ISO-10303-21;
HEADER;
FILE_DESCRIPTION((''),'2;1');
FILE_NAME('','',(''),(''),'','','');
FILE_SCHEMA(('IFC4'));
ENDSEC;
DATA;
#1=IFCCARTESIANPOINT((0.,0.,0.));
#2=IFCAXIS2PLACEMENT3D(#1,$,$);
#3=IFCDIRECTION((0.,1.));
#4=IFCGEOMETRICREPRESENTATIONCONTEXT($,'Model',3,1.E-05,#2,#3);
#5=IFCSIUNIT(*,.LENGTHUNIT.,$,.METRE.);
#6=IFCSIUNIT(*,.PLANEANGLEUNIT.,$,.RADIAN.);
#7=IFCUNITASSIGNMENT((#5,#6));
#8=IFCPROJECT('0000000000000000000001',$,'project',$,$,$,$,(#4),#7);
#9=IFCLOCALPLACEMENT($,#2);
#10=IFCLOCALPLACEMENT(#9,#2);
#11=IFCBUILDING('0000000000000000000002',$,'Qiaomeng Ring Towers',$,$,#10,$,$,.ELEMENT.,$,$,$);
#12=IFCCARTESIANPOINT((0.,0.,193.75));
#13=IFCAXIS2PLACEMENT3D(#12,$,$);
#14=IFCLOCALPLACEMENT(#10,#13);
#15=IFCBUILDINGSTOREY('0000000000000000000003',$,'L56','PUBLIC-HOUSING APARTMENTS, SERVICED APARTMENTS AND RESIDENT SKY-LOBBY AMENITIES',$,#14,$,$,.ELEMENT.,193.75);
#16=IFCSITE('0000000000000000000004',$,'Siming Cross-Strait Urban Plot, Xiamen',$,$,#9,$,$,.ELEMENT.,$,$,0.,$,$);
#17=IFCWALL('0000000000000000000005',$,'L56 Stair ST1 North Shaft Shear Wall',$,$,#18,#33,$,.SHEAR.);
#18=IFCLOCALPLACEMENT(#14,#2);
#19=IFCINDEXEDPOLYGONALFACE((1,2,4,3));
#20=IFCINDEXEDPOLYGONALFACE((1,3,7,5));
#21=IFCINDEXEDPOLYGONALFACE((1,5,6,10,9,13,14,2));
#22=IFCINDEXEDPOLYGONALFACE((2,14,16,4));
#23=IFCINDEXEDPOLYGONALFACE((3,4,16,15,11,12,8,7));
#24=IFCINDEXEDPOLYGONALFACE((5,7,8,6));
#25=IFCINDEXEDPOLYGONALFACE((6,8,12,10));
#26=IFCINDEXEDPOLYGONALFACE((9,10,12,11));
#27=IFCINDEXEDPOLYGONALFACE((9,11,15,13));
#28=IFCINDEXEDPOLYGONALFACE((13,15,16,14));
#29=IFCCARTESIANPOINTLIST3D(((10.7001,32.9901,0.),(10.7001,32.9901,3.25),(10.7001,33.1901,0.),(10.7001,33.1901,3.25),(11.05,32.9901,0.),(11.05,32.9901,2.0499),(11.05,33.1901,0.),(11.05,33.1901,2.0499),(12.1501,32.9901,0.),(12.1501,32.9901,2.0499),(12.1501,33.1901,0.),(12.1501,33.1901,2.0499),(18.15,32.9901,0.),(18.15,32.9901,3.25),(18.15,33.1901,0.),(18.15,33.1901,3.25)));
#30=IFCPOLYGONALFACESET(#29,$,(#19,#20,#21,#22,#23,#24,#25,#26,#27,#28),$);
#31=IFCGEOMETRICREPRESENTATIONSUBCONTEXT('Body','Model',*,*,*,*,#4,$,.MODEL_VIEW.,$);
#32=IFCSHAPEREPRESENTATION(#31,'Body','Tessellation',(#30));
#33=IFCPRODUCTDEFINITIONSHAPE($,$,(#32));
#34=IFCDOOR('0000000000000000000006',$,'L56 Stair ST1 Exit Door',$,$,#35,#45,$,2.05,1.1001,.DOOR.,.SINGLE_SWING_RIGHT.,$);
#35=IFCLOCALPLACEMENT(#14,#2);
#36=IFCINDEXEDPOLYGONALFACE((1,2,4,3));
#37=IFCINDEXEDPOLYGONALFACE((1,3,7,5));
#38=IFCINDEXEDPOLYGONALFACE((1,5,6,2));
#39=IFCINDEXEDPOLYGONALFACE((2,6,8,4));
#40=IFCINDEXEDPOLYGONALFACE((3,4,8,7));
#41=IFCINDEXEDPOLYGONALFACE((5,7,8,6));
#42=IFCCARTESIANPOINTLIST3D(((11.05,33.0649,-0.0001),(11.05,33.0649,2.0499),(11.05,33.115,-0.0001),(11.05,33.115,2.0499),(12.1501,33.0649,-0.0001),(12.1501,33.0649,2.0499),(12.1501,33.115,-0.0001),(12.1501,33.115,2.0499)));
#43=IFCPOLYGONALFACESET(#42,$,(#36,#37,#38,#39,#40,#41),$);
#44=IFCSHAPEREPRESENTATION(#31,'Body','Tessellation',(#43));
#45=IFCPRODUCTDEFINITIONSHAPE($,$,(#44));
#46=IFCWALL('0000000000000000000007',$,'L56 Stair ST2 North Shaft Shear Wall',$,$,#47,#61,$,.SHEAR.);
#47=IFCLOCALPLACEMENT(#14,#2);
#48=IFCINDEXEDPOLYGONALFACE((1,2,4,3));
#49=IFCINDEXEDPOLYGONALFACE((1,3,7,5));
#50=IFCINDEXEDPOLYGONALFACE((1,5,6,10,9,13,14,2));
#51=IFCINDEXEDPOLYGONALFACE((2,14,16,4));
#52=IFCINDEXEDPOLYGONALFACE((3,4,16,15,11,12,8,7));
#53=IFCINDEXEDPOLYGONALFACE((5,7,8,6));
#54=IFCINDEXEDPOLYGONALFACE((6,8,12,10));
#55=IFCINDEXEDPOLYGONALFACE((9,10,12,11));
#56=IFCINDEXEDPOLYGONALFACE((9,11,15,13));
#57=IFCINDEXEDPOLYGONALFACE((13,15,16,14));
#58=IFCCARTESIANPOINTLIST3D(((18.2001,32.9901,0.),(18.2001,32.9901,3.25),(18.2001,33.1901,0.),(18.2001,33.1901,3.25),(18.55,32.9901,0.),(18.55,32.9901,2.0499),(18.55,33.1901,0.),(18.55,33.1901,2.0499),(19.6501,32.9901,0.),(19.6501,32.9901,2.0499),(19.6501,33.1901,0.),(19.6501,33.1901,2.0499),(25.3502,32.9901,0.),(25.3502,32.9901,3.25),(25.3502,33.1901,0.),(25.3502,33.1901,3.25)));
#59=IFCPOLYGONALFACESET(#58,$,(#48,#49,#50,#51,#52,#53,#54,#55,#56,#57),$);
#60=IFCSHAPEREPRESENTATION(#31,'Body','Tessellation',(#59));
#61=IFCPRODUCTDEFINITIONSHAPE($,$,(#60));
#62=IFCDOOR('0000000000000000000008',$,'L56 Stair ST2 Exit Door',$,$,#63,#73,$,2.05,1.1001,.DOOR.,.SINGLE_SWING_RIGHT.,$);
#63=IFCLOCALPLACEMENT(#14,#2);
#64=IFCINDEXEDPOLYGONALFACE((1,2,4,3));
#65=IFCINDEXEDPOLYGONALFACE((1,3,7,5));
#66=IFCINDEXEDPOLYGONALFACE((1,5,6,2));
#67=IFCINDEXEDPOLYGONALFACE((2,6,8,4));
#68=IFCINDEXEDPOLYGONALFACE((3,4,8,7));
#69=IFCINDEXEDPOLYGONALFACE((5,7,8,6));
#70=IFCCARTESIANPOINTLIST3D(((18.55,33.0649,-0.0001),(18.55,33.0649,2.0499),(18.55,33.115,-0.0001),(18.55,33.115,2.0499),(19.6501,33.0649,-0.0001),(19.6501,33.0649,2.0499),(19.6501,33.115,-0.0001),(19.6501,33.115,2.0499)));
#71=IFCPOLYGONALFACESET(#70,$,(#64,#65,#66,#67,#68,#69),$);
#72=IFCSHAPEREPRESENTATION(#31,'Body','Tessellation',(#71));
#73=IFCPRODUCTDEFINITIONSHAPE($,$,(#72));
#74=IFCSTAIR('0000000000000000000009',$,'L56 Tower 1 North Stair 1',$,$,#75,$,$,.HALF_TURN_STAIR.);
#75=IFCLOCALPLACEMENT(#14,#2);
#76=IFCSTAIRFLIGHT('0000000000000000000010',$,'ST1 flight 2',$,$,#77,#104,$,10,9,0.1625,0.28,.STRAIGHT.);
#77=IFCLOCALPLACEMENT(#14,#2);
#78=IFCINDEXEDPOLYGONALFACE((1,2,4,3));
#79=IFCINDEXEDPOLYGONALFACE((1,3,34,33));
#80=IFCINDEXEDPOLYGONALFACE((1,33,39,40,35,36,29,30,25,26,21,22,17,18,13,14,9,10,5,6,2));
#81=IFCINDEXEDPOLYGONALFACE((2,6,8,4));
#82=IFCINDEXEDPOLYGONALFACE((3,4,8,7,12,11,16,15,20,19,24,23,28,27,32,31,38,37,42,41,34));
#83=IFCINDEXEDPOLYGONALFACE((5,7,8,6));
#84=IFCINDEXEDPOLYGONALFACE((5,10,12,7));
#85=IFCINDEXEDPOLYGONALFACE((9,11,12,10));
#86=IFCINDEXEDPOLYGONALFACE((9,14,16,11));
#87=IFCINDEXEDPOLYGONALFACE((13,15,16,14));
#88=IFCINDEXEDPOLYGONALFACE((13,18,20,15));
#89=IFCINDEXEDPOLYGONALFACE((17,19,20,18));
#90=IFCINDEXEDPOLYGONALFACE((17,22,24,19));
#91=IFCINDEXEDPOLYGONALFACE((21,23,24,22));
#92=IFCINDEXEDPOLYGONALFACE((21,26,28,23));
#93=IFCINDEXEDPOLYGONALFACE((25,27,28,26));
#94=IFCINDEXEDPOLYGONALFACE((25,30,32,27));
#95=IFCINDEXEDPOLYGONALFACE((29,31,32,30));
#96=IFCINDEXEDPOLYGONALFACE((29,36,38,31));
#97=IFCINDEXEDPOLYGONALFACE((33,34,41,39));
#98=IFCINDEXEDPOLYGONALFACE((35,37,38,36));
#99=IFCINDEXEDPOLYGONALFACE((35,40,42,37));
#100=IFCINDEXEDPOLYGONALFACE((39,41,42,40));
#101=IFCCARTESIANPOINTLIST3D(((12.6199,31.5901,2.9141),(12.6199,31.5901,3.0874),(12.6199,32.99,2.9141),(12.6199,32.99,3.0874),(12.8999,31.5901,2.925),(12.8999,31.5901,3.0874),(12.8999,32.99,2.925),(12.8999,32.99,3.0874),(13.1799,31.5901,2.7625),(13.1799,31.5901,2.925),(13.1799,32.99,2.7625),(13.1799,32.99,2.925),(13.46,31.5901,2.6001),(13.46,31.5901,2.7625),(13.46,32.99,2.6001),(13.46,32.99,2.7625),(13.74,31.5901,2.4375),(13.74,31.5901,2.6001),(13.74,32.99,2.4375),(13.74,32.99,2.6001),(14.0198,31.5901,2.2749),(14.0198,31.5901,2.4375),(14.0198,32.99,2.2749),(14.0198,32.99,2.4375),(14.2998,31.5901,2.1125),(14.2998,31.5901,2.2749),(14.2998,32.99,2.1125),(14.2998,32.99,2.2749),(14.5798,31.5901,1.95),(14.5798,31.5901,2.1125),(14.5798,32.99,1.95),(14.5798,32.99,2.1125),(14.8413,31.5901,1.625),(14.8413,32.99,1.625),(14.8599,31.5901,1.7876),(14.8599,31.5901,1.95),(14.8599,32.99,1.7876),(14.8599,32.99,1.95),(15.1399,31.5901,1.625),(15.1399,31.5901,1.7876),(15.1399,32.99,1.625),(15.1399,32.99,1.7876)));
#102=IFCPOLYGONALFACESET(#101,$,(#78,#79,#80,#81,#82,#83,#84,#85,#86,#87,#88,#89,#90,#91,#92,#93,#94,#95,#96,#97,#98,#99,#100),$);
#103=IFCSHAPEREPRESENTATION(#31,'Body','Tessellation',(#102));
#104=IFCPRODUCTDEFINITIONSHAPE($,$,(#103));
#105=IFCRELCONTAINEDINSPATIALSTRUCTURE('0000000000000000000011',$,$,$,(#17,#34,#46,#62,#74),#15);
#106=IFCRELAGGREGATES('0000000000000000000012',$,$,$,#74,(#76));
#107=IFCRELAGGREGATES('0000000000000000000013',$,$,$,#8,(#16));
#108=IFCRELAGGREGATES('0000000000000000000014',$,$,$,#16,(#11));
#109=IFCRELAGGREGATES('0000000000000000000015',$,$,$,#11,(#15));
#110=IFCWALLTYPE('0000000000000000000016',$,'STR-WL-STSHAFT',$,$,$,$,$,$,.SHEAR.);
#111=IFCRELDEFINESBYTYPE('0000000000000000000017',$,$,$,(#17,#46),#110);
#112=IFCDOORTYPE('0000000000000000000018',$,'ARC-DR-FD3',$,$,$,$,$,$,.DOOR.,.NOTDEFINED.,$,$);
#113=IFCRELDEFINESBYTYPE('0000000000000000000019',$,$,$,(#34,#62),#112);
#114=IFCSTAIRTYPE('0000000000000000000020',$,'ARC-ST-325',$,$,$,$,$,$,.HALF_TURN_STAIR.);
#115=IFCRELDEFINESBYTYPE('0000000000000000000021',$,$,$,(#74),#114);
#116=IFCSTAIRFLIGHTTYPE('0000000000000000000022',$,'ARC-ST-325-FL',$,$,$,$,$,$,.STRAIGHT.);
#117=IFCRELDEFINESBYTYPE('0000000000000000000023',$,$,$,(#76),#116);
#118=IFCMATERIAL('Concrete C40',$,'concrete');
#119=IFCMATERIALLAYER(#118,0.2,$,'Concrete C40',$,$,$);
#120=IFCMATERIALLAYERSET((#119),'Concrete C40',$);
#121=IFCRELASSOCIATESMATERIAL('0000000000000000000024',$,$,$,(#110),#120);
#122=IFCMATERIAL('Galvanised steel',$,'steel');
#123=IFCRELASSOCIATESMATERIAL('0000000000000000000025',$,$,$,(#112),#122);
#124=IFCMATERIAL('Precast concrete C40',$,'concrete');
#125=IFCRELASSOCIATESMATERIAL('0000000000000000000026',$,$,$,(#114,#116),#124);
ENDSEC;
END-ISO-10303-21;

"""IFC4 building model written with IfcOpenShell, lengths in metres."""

from ifc_helpers import new_model, si_unit, direction, frame, frame_2d, origin, place, context, subcontext, project, spatial, polyline, rectangle, outline, extrude, source, transform, mapped, material, layer, layer_set, type_object, element, fill, aggregate, save


model = new_model("IFC4")

# Units and contexts
model_context = context("Model", 3, precision=1e-05, world=origin(), true_north=direction((0.0, 1.0)))
body_context = subcontext(model_context, "Body", "Model", "MODEL_VIEW")
ifc_project = project(units=[si_unit("LENGTHUNIT", "METRE"), si_unit("PLANEANGLEUNIT", "RADIAN")], contexts=[model_context])

# Site, building, storey
site_placement = place(None, origin())
site = spatial("IfcSite", under=ifc_project, at=site_placement, Name="Siming Cross-Strait Urban Plot, Xiamen", CompositionType="ELEMENT", RefElevation=0.0)
building_placement = place(site_placement, origin())
building = spatial("IfcBuilding", under=site, at=building_placement, Name="Qiaomeng Ring Towers", CompositionType="ELEMENT")
storey_placement = place(building_placement, frame((0.0, 0.0, 193.75)))
storey = spatial("IfcBuildingStorey", under=building, at=storey_placement, Name="L56", Description="PUBLIC-HOUSING APARTMENTS, SERVICED APARTMENTS AND RESIDENT SKY-LOBBY AMENITIES", CompositionType="ELEMENT", Elevation=193.75)

# Shared definitions
ifc_material_1 = material(Name="Concrete C40", Category="concrete")
ifc_layer_1 = layer(ifc_material_1, 0.2, Name="Concrete C40")
ifc_layer_set_1 = layer_set([ifc_layer_1], Name="Concrete C40")
wall_type_1 = type_object("IfcWallType", Name="STR-WL-STSHAFT", PredefinedType="SHEAR", material=ifc_layer_set_1)

# Walls, openings, doors
wall_1_placement = place(storey_placement, frame((10.7, 33.0901, 0.0), z_axis=(0.0, 0.0, 1.0), x_axis=(1.0, 0.0, 0.0)))
wall_1 = element("IfcWall", 1, at=wall_1_placement, inside=storey, type_object=wall_type_1, Name="L56 Stair ST1 North Shaft Shear Wall", PredefinedType="SHEAR", context=body_context, shape_type="SweptSolid", body=[
    extrude(rectangle(XDim=7.45, YDim=0.2, at=frame_2d((3.7251, 0.0))), origin(), (0.0, 0.0, 1.0), 3.25),
])
opening_1_placement = place(wall_1_placement, frame((0.3501, 0.0, 0.0)))
opening_1 = element("IfcOpeningElement", 2, at=opening_1_placement, cuts=wall_1, PredefinedType="OPENING", context=body_context, shape_type="SweptSolid", body=[
    extrude(rectangle(XDim=1.1001, YDim=2.05, at=frame_2d((0.55, 1.0249))), frame((0.0, 0.1099, 0.0), z_axis=(0.0, -1.0, 0.0), x_axis=(1.0, 0.0, 0.0)), (0.0, 0.0, 1.0), 0.22),
])
ifc_material_2 = material(Name="Galvanised steel", Category="steel")
door_type = type_object("IfcDoorType", Name="ARC-DR-FD3", OperationType="NOTDEFINED", PredefinedType="DOOR", material=ifc_material_2)
shared_shape_1 = source(origin(), body_context, "Body", "SweptSolid", [
    extrude(rectangle(XDim=1.1001, YDim=2.05, at=frame_2d((0.55, 1.0249))), frame((0.0, 0.0249, 0.0), z_axis=(0.0, -1.0, 0.0), x_axis=(1.0, 0.0, 0.0)), (0.0, 0.0, 1.0), 0.05),
])
door_1_placement = place(opening_1_placement, origin())
door_1 = element("IfcDoor", 3, at=door_1_placement, inside=storey, type_object=door_type, Name="L56 Stair ST1 Exit Door", OperationType="SINGLE_SWING_RIGHT", OverallHeight=2.05, OverallWidth=1.1001, PredefinedType="DOOR", context=body_context, shape_type="MappedRepresentation", body=[
    mapped(shared_shape_1, transform((0.0, 0.0, 0.0), x_axis=(1.0, 0.0, 0.0), y_axis=(0.0, 1.0, 0.0), z_axis=(0.0, 0.0, 1.0), scale=1.0)),
])
fill(opening_1, door_1)
wall_2_placement = place(storey_placement, frame((18.2, 33.0901, 0.0), z_axis=(0.0, 0.0, 1.0), x_axis=(1.0, 0.0, 0.0)))
wall_2 = element("IfcWall", 4, at=wall_2_placement, inside=storey, type_object=wall_type_1, Name="L56 Stair ST2 North Shaft Shear Wall", PredefinedType="SHEAR", context=body_context, shape_type="SweptSolid", body=[
    extrude(rectangle(XDim=7.1501, YDim=0.2, at=frame_2d((3.5752, 0.0))), origin(), (0.0, 0.0, 1.0), 3.25),
])
opening_2_placement = place(wall_2_placement, frame((0.3501, 0.0, 0.0)))
opening_2 = element("IfcOpeningElement", 5, at=opening_2_placement, cuts=wall_2, PredefinedType="OPENING", context=body_context, shape_type="SweptSolid", body=[
    extrude(rectangle(XDim=1.1001, YDim=2.05, at=frame_2d((0.55, 1.0249))), frame((0.0, 0.1099, 0.0), z_axis=(0.0, -1.0, 0.0), x_axis=(1.0, 0.0, 0.0)), (0.0, 0.0, 1.0), 0.22),
])
door_2_placement = place(opening_2_placement, origin())
door_2 = element("IfcDoor", 6, at=door_2_placement, inside=storey, type_object=door_type, Name="L56 Stair ST2 Exit Door", OperationType="SINGLE_SWING_RIGHT", OverallHeight=2.05, OverallWidth=1.1001, PredefinedType="DOOR", context=body_context, shape_type="MappedRepresentation", body=[
    mapped(shared_shape_1, transform((0.0, 0.0, 0.0), x_axis=(1.0, 0.0, 0.0), y_axis=(0.0, 1.0, 0.0), z_axis=(0.0, 0.0, 1.0), scale=1.0)),
])
fill(opening_2, door_2)

# Stair, stair flight
ifc_material_3 = material(Name="Precast concrete C40", Category="concrete")
stair_type = type_object("IfcStairType", Name="ARC-ST-325", PredefinedType="HALF_TURN_STAIR", material=ifc_material_3)
stair_placement = place(storey_placement, origin())
stair = element("IfcStair", 7, at=stair_placement, inside=storey, type_object=stair_type, Name="L56 Tower 1 North Stair 1", PredefinedType="HALF_TURN_STAIR")
stair_flight_type = type_object("IfcStairFlightType", Name="ARC-ST-325-FL", PredefinedType="STRAIGHT", material=ifc_material_3)
shared_shape_2 = source(origin(), body_context, "Body", "SweptSolid", [
    extrude(outline(polyline([(0.0, 0.0), (0.0, 0.1626), (0.28, 0.1626), (0.28, 0.325), (0.5601, 0.325), (0.5601, 0.4875), (0.8401, 0.4875), (0.8401, 0.6499), (1.1201, 0.6499), (1.1201, 0.8125), (1.3999, 0.8125), (1.3999, 0.9751), (1.6799, 0.9751), (1.6799, 1.1375), (1.96, 1.1375), (1.96, 1.3), (2.24, 1.3), (2.24, 1.4624), (2.52, 1.4624), (2.52, 1.625), (2.52, 1.2891), (0.2986, 0.0), (0.0, 0.0)])), frame((0.0, 0.7, 0.0), z_axis=(0.0, -1.0, 0.0), x_axis=(1.0, 0.0, 0.0)), (0.0, 0.0, 1.0), 1.3999),
])
stair_flight_placement = place(storey_placement, frame((15.1399, 32.29, 1.625), z_axis=(0.0, 0.0, 1.0), x_axis=(-1.0, 0.0, 0.0)))
stair_flight = element("IfcStairFlight", 8, at=stair_flight_placement, type_object=stair_flight_type, Name="ST1 flight 2", NumberOfRisers=10, NumberOfTreads=9, PredefinedType="STRAIGHT", RiserHeight=0.1625, TreadLength=0.28, context=body_context, shape_type="MappedRepresentation", body=[
    mapped(shared_shape_2, transform((0.0, 0.0, 0.0), x_axis=(1.0, 0.0, 0.0), y_axis=(0.0, 1.0, 0.0), z_axis=(0.0, 0.0, 1.0), scale=1.0)),
])
aggregate(stair, [stair_flight])

save(model, "model.ifc")
